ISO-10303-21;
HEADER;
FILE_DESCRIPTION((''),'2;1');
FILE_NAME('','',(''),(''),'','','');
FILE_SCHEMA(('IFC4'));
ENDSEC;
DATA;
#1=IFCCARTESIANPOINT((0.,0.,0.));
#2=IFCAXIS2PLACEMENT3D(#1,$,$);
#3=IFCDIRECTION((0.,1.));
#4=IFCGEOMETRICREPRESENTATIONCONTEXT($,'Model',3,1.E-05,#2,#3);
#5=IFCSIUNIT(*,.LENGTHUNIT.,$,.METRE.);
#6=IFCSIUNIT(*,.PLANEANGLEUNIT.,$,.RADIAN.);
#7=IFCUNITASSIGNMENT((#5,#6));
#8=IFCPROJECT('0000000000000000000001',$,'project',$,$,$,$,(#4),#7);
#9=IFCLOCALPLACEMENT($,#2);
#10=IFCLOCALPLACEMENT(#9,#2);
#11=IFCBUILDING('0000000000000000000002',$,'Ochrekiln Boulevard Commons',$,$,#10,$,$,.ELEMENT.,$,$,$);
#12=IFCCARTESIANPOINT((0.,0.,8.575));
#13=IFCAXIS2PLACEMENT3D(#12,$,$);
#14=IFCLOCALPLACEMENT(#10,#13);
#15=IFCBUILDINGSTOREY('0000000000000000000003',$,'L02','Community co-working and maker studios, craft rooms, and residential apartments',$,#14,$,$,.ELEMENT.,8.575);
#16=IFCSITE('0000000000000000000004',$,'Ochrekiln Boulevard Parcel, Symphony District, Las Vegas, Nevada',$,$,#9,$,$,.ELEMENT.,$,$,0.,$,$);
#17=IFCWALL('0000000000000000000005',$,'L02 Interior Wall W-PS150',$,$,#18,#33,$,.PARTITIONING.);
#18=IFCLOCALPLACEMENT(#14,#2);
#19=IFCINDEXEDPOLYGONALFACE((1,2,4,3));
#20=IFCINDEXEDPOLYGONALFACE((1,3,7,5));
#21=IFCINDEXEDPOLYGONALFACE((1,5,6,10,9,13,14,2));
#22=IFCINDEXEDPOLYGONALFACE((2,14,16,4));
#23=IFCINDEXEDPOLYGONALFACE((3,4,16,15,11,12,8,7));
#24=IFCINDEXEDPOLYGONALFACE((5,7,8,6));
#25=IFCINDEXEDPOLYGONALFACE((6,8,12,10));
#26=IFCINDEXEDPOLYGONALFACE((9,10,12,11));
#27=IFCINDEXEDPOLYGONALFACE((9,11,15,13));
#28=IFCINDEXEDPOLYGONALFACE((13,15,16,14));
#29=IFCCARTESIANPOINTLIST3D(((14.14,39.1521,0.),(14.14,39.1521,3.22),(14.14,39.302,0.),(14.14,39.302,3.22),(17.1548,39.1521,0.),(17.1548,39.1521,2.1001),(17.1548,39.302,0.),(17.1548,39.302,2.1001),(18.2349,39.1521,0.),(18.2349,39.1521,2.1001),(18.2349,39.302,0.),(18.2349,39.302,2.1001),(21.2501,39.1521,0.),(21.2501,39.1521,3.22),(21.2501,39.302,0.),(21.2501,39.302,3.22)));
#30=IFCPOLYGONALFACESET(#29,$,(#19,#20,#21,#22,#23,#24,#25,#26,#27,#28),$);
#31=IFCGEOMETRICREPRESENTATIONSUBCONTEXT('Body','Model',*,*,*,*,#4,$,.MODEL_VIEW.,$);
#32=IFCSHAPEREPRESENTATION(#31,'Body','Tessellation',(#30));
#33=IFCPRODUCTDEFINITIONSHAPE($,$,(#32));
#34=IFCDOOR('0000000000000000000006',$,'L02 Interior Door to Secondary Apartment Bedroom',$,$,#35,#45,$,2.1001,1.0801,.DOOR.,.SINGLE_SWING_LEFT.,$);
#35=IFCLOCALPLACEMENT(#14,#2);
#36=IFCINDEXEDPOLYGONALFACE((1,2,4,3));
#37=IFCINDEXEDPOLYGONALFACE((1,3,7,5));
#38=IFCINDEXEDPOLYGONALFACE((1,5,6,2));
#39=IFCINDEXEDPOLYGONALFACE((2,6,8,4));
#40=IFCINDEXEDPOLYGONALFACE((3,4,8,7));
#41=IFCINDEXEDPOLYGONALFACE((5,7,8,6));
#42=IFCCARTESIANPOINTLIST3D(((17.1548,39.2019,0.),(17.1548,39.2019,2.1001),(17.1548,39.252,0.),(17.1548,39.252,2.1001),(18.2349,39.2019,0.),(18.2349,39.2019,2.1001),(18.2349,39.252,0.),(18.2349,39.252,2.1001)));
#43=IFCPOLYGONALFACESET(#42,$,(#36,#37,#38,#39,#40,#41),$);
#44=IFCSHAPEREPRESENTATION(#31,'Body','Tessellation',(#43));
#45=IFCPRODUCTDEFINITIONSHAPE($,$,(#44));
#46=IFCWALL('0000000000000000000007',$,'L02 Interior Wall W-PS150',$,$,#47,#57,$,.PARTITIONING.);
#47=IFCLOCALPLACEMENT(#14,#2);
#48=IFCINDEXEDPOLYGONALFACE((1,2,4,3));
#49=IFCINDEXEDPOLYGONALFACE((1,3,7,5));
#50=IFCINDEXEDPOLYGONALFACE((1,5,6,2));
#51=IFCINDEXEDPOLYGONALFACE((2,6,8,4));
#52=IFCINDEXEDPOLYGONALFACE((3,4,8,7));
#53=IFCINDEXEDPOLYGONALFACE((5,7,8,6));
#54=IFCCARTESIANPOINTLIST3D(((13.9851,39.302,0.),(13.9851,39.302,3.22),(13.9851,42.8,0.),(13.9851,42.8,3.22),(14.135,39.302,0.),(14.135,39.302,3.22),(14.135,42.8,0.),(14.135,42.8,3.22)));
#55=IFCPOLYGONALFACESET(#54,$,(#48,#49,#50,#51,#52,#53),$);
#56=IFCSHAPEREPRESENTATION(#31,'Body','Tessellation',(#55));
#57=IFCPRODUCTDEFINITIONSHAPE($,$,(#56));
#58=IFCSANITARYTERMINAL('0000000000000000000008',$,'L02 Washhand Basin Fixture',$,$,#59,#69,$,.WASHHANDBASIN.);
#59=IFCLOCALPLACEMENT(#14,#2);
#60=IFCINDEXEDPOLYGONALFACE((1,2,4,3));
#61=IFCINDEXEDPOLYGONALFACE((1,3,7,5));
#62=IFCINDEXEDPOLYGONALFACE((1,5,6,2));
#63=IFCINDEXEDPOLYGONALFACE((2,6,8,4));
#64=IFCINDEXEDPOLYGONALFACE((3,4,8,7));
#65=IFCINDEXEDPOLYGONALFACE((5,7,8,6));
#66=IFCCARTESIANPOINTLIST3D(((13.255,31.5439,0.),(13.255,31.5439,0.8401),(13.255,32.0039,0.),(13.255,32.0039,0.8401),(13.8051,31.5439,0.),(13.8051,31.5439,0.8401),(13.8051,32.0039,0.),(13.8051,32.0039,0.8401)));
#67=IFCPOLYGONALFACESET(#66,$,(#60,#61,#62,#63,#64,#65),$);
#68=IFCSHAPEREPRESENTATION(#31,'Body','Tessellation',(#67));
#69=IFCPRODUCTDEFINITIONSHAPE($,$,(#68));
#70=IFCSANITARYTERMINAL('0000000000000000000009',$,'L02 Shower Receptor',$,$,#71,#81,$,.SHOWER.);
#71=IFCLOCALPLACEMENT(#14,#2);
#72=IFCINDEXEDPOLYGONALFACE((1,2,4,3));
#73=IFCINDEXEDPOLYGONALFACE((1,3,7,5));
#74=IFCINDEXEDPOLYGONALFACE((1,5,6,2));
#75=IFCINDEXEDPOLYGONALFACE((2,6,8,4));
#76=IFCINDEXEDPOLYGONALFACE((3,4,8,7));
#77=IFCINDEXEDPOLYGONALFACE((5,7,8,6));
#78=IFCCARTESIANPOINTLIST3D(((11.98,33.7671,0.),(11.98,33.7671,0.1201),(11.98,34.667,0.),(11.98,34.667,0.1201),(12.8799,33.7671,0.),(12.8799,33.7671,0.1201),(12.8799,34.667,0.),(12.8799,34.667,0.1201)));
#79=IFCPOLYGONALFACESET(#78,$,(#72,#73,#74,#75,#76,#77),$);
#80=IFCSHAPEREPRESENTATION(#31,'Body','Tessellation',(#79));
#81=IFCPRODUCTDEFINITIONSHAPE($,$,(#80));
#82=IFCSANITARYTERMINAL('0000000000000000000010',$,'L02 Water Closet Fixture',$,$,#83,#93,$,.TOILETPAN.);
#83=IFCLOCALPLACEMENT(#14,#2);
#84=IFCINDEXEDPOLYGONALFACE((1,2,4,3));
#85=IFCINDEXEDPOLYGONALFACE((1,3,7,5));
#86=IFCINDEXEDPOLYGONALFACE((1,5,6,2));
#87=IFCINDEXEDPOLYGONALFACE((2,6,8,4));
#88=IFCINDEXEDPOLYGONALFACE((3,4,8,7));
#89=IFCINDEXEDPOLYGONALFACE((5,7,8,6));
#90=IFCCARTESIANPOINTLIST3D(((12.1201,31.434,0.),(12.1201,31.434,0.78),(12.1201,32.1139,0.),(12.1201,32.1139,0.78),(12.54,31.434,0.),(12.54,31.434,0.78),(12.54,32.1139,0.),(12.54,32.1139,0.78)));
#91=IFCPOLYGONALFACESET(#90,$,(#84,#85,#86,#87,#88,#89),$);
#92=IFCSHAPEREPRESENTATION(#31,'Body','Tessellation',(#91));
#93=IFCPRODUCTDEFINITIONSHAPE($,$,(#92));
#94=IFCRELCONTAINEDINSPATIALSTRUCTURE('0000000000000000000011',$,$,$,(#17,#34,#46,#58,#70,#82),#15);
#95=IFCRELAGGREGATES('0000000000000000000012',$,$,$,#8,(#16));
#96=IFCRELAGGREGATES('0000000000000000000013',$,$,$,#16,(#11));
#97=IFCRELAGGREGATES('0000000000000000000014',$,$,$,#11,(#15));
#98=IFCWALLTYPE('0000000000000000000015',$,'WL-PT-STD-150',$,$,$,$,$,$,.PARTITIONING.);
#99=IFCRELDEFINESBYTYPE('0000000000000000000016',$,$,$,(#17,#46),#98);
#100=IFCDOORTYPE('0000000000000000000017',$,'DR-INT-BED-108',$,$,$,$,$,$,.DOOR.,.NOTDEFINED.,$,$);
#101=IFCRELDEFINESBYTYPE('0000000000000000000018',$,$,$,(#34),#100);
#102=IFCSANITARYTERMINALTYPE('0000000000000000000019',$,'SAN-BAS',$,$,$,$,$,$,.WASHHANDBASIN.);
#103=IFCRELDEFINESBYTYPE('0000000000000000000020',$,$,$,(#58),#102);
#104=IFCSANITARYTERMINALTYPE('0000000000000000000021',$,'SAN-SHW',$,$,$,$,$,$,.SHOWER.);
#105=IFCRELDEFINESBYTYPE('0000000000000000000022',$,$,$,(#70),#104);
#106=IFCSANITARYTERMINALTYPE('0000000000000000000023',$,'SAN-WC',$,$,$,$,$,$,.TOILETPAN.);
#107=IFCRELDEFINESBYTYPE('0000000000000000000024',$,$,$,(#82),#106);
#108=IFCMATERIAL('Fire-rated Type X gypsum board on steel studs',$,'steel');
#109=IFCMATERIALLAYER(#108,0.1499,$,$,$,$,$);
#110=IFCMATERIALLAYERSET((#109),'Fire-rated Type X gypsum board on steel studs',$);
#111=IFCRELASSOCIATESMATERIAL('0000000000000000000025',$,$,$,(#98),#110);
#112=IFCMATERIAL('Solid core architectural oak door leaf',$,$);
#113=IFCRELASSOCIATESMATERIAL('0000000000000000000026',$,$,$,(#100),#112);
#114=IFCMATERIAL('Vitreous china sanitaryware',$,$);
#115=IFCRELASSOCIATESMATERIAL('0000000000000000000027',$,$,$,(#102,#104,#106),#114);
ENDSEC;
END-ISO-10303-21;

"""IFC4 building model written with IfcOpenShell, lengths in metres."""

from ifc_helpers import new_model, si_unit, direction, frame, frame_2d, origin, origin_2d, place, context, subcontext, project, spatial, rectangle, extrude, material, layer, layer_set, type_object, element, fill, save


model = new_model("IFC4")

# Units and contexts
model_context = context("Model", 3, precision=1e-05, world=origin(), true_north=direction((0.0, 1.0)))
body_context = subcontext(model_context, "Body", "Model", "MODEL_VIEW")
ifc_project = project(units=[si_unit("LENGTHUNIT", "METRE"), si_unit("PLANEANGLEUNIT", "RADIAN")], contexts=[model_context])

# Site, building, storey
site_placement = place(None, origin())
site = spatial("IfcSite", under=ifc_project, at=site_placement, Name="Ochrekiln Boulevard Parcel, Symphony District, Las Vegas, Nevada", CompositionType="ELEMENT", RefElevation=0.0)
building_placement = place(site_placement, origin())
building = spatial("IfcBuilding", under=site, at=building_placement, Name="Ochrekiln Boulevard Commons", CompositionType="ELEMENT")
storey_placement = place(building_placement, frame((0.0, 0.0, 8.575)))
storey = spatial("IfcBuildingStorey", under=building, at=storey_placement, Name="L02", Description="Community co-working and maker studios, craft rooms, and residential apartments", CompositionType="ELEMENT", Elevation=8.575)

# Shared definitions
ifc_material_1 = material(Name="Solid core architectural oak door leaf")

# Shared definitions
ifc_material_2 = material(Name="Fire-rated Type X gypsum board on steel studs", Category="steel")

# Wall, opening, door
ifc_layer_1 = layer(ifc_material_2, 0.1499)
ifc_layer_set_1 = layer_set([ifc_layer_1], Name="Fire-rated Type X gypsum board on steel studs")
wall_type_1 = type_object("IfcWallType", Name="WL-PT-STD-150", PredefinedType="PARTITIONING", material=ifc_layer_set_1)
wall_1_placement = place(storey_placement, frame((14.1399, 39.2271, 0.0), z_axis=(0.0, 0.0, 1.0), x_axis=(1.0, 0.0, 0.0)))
wall_1 = element("IfcWall", 1, at=wall_1_placement, inside=storey, type_object=wall_type_1, Name="L02 Interior Wall W-PS150", PredefinedType="PARTITIONING", context=body_context, shape_type="SweptSolid", body=[
    extrude(rectangle(XDim=7.1101, YDim=0.1499, at=frame_2d((3.5552, 0.0))), origin(), (0.0, 0.0, 1.0), 3.22),
])
opening_1_placement = place(wall_1_placement, frame((3.0149, 0.0, 0.0)))
opening_1 = element("IfcOpeningElement", 2, at=opening_1_placement, cuts=wall_1, PredefinedType="OPENING", context=body_context, shape_type="SweptSolid", body=[
    extrude(rectangle(XDim=1.0801, YDim=2.1001, at=frame_2d((0.54, 1.05))), frame((0.0, 0.085, 0.0), z_axis=(0.0, -1.0, 0.0), x_axis=(1.0, 0.0, 0.0)), (0.0, 0.0, 1.0), 0.1699),
])
door_type_1 = type_object("IfcDoorType", Name="DR-INT-BED-108", OperationType="NOTDEFINED", PredefinedType="DOOR", material=ifc_material_1)
door_1_placement = place(opening_1_placement, origin())
door_1 = element("IfcDoor", 3, at=door_1_placement, inside=storey, type_object=door_type_1, Name="L02 Interior Door to Secondary Apartment Bedroom", OperationType="SINGLE_SWING_LEFT", OverallHeight=2.1001, OverallWidth=1.0801, PredefinedType="DOOR", context=body_context, shape_type="SweptSolid", body=[
    extrude(rectangle(XDim=1.0801, YDim=2.1001, at=frame_2d((0.54, 1.05))), frame((0.0, 0.0249, 0.0), z_axis=(0.0, -1.0, 0.0), x_axis=(1.0, 0.0, 0.0)), (0.0, 0.0, 1.0), 0.05),
])
fill(opening_1, door_1)

# Wall
wall_2_placement = place(storey_placement, frame((14.0601, 39.302, 0.0), z_axis=(0.0, 0.0, 1.0), x_axis=(0.0, 1.0, 0.0)))
element("IfcWall", 4, at=wall_2_placement, inside=storey, type_object=wall_type_1, Name="L02 Interior Wall W-PS150", PredefinedType="PARTITIONING", context=body_context, shape_type="SweptSolid", body=[
    extrude(rectangle(XDim=3.498, YDim=0.1499, at=frame_2d((1.749, 0.0))), origin(), (0.0, 0.0, 1.0), 3.22),
])

# Sanitary terminals
ifc_material_3 = material(Name="Vitreous china sanitaryware")
sanitary_terminal_type_1 = type_object("IfcSanitaryTerminalType", Name="SAN-BAS", PredefinedType="WASHHANDBASIN", material=ifc_material_3)
sanitary_terminal_1_placement = place(storey_placement, frame((13.53, 31.7739, 0.0), z_axis=(0.0, 0.0, 1.0), x_axis=(1.0, 0.0, 0.0)))
element("IfcSanitaryTerminal", 5, at=sanitary_terminal_1_placement, inside=storey, type_object=sanitary_terminal_type_1, Name="L02 Washhand Basin Fixture", PredefinedType="WASHHANDBASIN", context=body_context, shape_type="SweptSolid", body=[
    extrude(rectangle(XDim=0.55, YDim=0.46, at=origin_2d()), origin(), (0.0, 0.0, 1.0), 0.8401),
])
sanitary_terminal_type_2 = type_object("IfcSanitaryTerminalType", Name="SAN-SHW", PredefinedType="SHOWER", material=ifc_material_3)
sanitary_terminal_2_placement = place(storey_placement, frame((12.4299, 34.217, 0.0), z_axis=(0.0, 0.0, 1.0), x_axis=(1.0, 0.0, 0.0)))
element("IfcSanitaryTerminal", 6, at=sanitary_terminal_2_placement, inside=storey, type_object=sanitary_terminal_type_2, Name="L02 Shower Receptor", PredefinedType="SHOWER", context=body_context, shape_type="SweptSolid", body=[
    extrude(rectangle(XDim=0.8999, YDim=0.8999, at=origin_2d()), origin(), (0.0, 0.0, 1.0), 0.1201),
])
sanitary_terminal_type_3 = type_object("IfcSanitaryTerminalType", Name="SAN-WC", PredefinedType="TOILETPAN", material=ifc_material_3)
sanitary_terminal_3_placement = place(storey_placement, frame((12.3301, 31.7739, 0.0), z_axis=(0.0, 0.0, 1.0), x_axis=(1.0, 0.0, 0.0)))
element("IfcSanitaryTerminal", 7, at=sanitary_terminal_3_placement, inside=storey, type_object=sanitary_terminal_type_3, Name="L02 Water Closet Fixture", PredefinedType="TOILETPAN", context=body_context, shape_type="SweptSolid", body=[
    extrude(rectangle(XDim=0.4199, YDim=0.6799, at=origin_2d()), origin(), (0.0, 0.0, 1.0), 0.78),
])

save(model, "model.ifc")
